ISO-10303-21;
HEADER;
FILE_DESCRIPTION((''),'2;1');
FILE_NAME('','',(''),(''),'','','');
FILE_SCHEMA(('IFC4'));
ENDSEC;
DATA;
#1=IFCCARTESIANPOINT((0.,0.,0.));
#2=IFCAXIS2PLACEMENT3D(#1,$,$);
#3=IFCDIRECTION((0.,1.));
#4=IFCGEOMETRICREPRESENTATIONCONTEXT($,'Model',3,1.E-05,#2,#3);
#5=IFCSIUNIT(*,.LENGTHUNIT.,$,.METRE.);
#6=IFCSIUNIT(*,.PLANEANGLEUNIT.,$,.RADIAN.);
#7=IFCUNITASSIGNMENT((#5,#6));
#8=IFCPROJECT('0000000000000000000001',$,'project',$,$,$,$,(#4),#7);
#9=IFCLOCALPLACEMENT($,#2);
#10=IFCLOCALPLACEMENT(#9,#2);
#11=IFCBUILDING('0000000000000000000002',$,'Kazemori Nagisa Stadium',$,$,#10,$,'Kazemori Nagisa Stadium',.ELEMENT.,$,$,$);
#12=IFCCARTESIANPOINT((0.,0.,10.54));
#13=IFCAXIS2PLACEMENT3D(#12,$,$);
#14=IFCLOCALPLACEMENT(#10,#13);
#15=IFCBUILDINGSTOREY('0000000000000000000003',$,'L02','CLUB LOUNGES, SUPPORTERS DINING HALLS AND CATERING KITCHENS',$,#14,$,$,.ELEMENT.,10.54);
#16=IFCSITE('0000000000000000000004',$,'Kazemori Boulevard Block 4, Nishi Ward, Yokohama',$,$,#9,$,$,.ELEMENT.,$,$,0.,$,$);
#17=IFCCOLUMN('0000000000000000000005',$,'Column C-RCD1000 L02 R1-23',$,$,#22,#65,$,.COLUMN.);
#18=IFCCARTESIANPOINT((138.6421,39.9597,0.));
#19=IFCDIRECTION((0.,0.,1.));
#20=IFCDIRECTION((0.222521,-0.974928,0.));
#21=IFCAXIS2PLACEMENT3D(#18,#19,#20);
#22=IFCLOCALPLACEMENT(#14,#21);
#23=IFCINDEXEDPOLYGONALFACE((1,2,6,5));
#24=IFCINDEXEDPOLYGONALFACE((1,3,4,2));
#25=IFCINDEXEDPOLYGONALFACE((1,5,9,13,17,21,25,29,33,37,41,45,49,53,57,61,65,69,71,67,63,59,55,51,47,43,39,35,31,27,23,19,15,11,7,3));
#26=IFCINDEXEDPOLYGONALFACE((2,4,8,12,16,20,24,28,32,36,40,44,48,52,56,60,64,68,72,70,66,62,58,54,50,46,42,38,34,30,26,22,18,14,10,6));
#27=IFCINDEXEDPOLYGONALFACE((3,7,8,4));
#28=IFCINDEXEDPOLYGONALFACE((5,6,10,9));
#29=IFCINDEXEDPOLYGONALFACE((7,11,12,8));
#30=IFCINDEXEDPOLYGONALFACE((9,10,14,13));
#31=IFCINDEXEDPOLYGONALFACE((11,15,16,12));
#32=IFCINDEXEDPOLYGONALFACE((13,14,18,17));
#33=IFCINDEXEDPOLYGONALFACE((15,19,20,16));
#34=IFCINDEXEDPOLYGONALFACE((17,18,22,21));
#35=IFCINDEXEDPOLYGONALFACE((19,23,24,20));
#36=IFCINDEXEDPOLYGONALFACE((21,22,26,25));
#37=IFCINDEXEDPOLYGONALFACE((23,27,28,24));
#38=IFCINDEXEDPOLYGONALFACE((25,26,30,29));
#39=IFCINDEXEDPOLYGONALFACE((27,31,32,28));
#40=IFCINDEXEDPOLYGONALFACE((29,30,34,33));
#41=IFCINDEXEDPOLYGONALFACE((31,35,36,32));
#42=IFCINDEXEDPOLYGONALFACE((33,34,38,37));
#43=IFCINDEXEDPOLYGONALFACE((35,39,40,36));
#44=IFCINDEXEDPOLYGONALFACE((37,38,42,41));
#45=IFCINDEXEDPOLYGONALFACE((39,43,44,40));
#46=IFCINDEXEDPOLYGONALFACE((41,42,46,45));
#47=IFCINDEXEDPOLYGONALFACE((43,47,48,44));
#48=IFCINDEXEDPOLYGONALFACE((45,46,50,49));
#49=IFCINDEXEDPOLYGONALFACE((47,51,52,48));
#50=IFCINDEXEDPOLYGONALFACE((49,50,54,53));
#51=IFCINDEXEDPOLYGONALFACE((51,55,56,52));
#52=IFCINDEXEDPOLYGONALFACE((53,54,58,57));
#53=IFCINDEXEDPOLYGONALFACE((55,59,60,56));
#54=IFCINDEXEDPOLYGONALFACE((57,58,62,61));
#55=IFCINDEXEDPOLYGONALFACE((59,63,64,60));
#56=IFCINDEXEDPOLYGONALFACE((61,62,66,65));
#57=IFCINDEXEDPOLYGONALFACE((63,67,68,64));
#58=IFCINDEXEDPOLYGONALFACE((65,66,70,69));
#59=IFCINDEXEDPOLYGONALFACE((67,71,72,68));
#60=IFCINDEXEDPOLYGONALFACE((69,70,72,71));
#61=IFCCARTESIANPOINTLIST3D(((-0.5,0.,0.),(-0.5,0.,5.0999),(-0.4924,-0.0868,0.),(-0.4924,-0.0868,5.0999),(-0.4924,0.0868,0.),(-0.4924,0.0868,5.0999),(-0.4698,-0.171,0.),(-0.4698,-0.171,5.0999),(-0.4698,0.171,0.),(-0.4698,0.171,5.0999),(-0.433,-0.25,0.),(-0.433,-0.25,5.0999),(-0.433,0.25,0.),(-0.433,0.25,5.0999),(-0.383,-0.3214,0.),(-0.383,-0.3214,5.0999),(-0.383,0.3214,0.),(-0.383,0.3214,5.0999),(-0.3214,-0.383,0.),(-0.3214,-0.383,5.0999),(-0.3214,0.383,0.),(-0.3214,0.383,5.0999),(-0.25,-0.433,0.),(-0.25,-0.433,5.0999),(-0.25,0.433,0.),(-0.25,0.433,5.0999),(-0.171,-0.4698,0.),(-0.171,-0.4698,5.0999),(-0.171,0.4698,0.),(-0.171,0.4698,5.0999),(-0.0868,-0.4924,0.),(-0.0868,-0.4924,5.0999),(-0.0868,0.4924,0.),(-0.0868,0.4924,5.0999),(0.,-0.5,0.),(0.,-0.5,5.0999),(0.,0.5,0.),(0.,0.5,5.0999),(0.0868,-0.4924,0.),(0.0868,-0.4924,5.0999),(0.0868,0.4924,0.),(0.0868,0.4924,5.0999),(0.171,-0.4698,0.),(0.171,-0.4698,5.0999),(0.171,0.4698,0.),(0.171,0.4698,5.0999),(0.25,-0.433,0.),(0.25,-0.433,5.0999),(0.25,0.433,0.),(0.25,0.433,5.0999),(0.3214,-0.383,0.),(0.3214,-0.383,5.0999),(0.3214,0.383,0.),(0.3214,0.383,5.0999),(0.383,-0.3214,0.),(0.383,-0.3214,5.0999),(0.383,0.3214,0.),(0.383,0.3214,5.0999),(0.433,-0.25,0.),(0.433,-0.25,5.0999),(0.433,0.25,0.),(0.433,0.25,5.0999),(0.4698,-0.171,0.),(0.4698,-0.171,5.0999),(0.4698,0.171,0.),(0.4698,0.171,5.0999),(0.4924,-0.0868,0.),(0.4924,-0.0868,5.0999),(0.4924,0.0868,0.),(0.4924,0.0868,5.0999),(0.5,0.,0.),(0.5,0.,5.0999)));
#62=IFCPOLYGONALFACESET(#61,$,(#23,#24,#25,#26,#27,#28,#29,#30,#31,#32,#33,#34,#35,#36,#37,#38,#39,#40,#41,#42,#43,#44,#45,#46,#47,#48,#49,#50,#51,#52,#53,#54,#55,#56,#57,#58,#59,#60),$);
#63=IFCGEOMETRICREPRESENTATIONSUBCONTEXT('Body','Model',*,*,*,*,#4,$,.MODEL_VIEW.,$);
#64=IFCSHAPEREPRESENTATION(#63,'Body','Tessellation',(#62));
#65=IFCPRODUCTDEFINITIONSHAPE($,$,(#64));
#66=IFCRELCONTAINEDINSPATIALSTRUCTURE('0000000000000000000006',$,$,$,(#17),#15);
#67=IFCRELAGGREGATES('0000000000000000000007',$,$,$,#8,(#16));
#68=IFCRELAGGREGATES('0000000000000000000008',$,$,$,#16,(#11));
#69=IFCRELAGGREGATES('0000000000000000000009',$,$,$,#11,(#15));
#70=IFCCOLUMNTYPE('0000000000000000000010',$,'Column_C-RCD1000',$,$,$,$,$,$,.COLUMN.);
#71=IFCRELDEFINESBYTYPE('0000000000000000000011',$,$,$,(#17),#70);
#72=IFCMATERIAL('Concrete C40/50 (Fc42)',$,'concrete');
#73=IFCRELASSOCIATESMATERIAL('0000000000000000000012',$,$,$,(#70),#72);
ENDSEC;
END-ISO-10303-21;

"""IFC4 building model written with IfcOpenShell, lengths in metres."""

from ifc_helpers import new_model, si_unit, direction, frame, origin, origin_2d, place, context, subcontext, project, spatial, circle, extrude, material, material_profile, profile_set, type_object, element, save


model = new_model("IFC4")

# Units and contexts
model_context = context("Model", 3, precision=1e-05, world=origin(), true_north=direction((0.0, 1.0)))
body_context = subcontext(model_context, "Body", "Model", "MODEL_VIEW")
ifc_project = project(units=[si_unit("LENGTHUNIT", "METRE"), si_unit("PLANEANGLEUNIT", "RADIAN")], contexts=[model_context])

# Site, building, storey
site_placement = place(None, origin())
site = spatial("IfcSite", under=ifc_project, at=site_placement, Name="Kazemori Boulevard Block 4, Nishi Ward, Yokohama", CompositionType="ELEMENT", RefElevation=0.0)
building_placement = place(site_placement, origin())
building = spatial("IfcBuilding", under=site, at=building_placement, Name="Kazemori Nagisa Stadium", LongName="Kazemori Nagisa Stadium", CompositionType="ELEMENT")
storey_placement = place(building_placement, frame((0.0, 0.0, 10.54)))
storey = spatial("IfcBuildingStorey", under=building, at=storey_placement, Name="L02", Description="CLUB LOUNGES, SUPPORTERS DINING HALLS AND CATERING KITCHENS", CompositionType="ELEMENT", Elevation=10.54)

# Column
ifc_material_1 = material(Name="Concrete C40/50 (Fc42)", Category="concrete")
ifc_material_profile_1 = material_profile(ifc_material_1, circle(Radius=0.5, at=origin_2d()), Name="RC-COL-D1000")
ifc_profile_set_1 = profile_set([ifc_material_profile_1], Name="Concrete C40/50 (Fc42)")
column_type = type_object("IfcColumnType", Name="Column_C-RCD1000", PredefinedType="COLUMN", material=ifc_profile_set_1)
column_placement = place(storey_placement, frame((138.6421, 39.9597, 0.0), z_axis=(0.0, 0.0, 1.0), x_axis=(0.222521, -0.974928, 0.0)))
element("IfcColumn", 1, at=column_placement, inside=storey, type_object=column_type, Name="Column C-RCD1000 L02 R1-23", PredefinedType="COLUMN", context=body_context, shape_type="SweptSolid", body=[
    extrude(circle(Radius=0.5, at=origin_2d()), origin(), (0.0, 0.0, 1.0), 5.0999),
])

save(model, "model.ifc")
